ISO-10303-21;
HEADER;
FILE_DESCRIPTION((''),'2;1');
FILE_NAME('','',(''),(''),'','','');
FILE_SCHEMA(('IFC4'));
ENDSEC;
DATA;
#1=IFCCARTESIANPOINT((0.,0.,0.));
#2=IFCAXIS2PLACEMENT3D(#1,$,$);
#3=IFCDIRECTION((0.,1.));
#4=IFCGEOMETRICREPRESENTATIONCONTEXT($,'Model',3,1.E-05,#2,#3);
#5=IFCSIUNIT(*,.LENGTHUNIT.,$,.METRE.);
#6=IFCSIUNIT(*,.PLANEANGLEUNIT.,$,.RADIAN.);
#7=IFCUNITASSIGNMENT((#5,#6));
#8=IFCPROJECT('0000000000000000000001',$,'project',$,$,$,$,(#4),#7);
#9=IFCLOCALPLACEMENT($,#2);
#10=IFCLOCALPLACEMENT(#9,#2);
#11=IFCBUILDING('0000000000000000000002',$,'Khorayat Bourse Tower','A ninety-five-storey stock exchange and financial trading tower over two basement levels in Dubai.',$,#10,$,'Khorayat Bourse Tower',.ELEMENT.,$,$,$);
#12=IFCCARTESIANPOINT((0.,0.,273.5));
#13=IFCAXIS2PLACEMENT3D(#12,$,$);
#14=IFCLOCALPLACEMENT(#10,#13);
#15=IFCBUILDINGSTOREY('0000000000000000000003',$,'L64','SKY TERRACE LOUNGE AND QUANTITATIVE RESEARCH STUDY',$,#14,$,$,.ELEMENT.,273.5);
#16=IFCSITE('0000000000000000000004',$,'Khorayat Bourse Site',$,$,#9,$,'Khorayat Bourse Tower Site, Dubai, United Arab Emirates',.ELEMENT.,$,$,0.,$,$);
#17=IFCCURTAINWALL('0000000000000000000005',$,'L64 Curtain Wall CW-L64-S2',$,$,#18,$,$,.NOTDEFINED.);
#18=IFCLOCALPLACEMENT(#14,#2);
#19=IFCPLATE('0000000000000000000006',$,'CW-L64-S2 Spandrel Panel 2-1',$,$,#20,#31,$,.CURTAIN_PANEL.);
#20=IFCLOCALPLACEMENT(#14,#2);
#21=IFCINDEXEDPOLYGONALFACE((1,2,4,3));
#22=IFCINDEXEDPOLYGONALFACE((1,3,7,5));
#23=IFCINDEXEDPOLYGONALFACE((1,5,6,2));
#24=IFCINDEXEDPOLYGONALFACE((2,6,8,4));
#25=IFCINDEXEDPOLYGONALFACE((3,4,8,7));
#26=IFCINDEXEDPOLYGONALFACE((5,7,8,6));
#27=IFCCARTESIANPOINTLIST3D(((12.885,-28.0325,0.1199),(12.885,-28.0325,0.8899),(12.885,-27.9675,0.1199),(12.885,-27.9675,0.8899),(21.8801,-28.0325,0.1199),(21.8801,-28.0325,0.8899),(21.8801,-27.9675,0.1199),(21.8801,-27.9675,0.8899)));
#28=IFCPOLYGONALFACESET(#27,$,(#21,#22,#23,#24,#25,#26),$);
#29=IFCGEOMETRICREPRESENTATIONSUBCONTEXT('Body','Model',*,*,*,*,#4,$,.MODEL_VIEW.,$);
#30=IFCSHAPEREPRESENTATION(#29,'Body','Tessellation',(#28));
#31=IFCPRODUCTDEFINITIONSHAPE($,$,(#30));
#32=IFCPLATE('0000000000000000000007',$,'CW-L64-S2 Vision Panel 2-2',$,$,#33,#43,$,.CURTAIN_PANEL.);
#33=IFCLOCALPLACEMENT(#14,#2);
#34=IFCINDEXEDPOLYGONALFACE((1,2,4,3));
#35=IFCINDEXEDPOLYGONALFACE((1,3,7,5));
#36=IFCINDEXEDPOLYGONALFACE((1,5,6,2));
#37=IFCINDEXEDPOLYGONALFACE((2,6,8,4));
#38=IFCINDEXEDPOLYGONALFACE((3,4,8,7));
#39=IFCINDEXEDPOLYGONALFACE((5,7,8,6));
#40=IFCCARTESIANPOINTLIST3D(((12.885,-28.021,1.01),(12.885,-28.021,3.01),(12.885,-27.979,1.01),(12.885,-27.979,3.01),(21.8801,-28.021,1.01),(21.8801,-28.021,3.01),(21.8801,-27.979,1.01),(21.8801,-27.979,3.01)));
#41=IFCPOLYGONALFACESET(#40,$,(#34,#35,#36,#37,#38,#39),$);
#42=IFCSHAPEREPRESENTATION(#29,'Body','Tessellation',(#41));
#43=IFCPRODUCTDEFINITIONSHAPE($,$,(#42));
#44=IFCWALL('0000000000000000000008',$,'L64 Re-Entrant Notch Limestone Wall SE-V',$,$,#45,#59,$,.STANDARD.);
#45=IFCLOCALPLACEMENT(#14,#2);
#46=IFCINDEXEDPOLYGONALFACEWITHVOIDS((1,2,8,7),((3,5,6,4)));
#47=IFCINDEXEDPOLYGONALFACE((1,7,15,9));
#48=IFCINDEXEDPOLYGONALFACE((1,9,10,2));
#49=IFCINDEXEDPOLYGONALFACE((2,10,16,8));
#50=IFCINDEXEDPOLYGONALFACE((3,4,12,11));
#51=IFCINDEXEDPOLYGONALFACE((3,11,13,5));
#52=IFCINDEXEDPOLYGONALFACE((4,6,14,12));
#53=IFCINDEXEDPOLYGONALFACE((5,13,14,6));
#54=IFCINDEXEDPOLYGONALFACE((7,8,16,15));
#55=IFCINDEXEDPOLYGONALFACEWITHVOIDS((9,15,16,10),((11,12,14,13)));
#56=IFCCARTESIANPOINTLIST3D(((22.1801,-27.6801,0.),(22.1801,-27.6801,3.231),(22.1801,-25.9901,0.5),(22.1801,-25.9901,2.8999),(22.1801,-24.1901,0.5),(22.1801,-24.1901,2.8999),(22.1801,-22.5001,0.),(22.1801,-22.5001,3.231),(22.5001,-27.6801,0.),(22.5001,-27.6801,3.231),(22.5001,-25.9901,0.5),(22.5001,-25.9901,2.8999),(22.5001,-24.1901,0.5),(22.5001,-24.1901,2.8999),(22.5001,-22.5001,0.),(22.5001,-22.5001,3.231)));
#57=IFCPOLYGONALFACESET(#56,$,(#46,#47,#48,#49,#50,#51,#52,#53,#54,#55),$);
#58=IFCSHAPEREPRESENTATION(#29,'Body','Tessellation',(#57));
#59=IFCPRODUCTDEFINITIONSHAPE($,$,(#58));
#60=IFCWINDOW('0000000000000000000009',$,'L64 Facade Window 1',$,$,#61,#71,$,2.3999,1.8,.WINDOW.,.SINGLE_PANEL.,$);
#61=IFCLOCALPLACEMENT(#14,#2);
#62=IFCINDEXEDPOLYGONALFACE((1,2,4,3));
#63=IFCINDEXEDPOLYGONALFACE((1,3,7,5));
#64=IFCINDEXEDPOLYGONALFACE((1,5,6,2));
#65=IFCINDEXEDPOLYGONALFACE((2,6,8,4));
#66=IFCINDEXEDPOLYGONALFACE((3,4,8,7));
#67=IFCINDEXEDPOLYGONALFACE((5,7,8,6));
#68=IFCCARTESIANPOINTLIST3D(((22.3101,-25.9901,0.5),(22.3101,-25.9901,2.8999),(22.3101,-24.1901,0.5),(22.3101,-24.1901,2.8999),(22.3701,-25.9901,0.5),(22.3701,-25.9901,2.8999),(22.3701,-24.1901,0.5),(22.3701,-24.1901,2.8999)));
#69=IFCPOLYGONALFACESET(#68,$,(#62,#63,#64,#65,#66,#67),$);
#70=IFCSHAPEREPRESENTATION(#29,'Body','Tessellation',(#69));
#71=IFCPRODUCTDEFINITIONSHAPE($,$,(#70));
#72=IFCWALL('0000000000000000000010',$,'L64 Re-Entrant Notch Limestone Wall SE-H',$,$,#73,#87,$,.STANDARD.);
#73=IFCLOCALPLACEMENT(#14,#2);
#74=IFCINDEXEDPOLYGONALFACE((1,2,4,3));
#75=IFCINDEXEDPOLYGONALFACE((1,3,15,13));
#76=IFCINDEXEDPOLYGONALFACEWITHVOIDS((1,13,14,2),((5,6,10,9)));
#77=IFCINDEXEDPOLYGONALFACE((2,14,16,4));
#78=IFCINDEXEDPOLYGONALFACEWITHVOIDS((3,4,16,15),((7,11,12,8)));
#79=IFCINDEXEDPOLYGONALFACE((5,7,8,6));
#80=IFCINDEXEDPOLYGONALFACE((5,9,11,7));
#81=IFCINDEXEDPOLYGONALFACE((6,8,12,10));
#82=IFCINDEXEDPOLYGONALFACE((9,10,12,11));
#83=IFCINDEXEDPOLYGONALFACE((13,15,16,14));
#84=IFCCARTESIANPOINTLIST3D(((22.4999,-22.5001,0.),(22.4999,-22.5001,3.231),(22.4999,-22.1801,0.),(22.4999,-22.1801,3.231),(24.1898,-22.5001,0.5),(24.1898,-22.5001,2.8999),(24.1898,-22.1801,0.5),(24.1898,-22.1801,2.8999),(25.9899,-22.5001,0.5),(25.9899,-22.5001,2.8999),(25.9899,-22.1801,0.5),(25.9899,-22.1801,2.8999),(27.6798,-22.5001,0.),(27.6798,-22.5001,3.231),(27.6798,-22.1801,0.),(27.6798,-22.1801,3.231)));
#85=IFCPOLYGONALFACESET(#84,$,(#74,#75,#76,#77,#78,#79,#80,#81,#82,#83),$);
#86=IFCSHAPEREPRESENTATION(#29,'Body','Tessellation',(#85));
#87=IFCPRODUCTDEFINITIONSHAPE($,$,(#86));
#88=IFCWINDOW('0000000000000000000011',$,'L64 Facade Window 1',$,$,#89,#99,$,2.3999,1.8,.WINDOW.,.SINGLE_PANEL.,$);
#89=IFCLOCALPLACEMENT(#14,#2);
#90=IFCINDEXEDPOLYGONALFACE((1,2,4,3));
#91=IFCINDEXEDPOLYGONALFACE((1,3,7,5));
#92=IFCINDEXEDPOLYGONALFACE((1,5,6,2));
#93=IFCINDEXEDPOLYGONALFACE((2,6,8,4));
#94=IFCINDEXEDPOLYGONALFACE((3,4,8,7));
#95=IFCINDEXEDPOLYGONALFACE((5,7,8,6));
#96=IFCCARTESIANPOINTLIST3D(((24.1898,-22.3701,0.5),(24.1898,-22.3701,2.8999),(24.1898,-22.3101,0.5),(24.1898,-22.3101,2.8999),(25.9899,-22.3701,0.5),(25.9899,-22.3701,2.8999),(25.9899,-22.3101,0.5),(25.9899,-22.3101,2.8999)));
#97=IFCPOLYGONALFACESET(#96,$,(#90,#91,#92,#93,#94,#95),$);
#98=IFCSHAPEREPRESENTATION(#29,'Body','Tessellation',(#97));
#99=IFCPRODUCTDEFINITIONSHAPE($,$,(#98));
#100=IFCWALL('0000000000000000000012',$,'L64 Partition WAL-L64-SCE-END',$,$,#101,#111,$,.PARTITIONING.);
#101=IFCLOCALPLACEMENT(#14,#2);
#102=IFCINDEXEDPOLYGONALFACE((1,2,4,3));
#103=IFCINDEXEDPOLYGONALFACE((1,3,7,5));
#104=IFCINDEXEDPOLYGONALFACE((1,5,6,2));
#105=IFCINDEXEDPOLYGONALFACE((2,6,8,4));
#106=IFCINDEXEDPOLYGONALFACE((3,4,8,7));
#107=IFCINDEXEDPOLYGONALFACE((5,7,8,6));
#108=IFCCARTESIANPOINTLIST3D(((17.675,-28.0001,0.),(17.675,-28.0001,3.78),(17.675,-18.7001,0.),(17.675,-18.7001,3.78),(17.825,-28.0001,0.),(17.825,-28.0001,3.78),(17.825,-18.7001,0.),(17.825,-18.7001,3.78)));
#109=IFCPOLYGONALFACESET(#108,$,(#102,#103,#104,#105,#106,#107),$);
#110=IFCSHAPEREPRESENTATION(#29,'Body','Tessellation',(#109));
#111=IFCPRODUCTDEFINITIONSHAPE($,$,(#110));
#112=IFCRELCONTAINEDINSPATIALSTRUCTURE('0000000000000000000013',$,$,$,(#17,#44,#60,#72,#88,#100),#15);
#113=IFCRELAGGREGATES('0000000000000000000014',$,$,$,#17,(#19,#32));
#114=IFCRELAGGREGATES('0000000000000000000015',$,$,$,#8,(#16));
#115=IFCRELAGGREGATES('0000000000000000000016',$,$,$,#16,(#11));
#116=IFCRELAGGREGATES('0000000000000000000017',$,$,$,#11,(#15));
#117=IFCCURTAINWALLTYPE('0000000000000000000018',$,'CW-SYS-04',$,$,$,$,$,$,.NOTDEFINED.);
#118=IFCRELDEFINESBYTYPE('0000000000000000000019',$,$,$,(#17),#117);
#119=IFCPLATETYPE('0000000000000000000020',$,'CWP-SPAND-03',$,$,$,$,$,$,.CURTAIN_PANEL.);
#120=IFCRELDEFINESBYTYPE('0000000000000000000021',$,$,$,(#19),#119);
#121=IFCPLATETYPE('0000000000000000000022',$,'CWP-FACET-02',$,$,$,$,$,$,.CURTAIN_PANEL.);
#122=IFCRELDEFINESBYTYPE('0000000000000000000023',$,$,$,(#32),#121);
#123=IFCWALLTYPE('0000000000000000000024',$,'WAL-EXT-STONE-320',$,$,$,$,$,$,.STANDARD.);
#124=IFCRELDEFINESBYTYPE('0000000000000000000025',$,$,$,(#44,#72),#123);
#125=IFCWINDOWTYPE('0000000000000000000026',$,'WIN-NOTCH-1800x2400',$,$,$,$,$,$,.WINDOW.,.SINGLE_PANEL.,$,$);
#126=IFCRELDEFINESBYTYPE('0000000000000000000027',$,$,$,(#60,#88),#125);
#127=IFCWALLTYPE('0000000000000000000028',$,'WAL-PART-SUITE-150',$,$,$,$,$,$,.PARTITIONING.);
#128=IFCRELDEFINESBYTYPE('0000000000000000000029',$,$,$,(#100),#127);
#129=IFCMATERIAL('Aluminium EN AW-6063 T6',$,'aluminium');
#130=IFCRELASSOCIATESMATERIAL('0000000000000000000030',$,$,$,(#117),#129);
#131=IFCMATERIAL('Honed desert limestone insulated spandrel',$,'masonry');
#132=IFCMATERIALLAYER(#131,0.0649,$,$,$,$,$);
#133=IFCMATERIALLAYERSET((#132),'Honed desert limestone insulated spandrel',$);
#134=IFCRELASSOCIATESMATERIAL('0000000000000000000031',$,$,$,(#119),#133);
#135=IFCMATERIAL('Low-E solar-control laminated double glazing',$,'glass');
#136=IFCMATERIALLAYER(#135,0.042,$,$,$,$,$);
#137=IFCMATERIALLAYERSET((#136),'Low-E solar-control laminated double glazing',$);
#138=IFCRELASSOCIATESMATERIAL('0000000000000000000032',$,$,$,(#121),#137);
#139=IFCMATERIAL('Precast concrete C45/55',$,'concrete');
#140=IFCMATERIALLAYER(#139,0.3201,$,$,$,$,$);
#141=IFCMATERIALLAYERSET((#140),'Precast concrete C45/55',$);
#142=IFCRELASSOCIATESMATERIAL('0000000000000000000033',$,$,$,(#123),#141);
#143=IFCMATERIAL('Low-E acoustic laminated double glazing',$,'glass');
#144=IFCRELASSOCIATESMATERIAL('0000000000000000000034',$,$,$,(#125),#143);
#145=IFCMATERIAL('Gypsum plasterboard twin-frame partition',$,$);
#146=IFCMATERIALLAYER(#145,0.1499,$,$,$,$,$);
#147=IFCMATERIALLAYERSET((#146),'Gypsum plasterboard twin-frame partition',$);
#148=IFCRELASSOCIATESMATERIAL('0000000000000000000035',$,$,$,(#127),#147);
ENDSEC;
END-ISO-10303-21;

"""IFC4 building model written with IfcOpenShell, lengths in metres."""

from ifc_helpers import new_model, si_unit, direction, frame, frame_2d, origin, origin_2d, place, context, subcontext, project, spatial, rectangle, extrude, source, transform, mapped, material, layer, layer_set, type_object, element, fill, aggregate, save


model = new_model("IFC4")

# Units and contexts
model_context = context("Model", 3, precision=1e-05, world=origin(), true_north=direction((0.0, 1.0)))
body_context = subcontext(model_context, "Body", "Model", "MODEL_VIEW")
ifc_project = project(units=[si_unit("LENGTHUNIT", "METRE"), si_unit("PLANEANGLEUNIT", "RADIAN")], contexts=[model_context])

# Site, building, storey
site_placement = place(None, origin())
site = spatial("IfcSite", under=ifc_project, at=site_placement, Name="Khorayat Bourse Site", LongName="Khorayat Bourse Tower Site, Dubai, United Arab Emirates", CompositionType="ELEMENT", RefElevation=0.0)
building_placement = place(site_placement, origin())
building = spatial("IfcBuilding", under=site, at=building_placement, Name="Khorayat Bourse Tower", Description="A ninety-five-storey stock exchange and financial trading tower over two basement levels in Dubai.", LongName="Khorayat Bourse Tower", CompositionType="ELEMENT")
storey_placement = place(building_placement, frame((0.0, 0.0, 273.5)))
storey = spatial("IfcBuildingStorey", under=building, at=storey_placement, Name="L64", Description="SKY TERRACE LOUNGE AND QUANTITATIVE RESEARCH STUDY", CompositionType="ELEMENT", Elevation=273.5)

# Curtain wall
ifc_material_1 = material(Name="Aluminium EN AW-6063 T6", Category="aluminium")
curtain_wall_type = type_object("IfcCurtainWallType", Name="CW-SYS-04", PredefinedType="NOTDEFINED", material=ifc_material_1)
curtain_wall_1_placement = place(storey_placement, origin())
curtain_wall_1 = element("IfcCurtainWall", 1, at=curtain_wall_1_placement, inside=storey, type_object=curtain_wall_type, Name="L64 Curtain Wall CW-L64-S2", PredefinedType="NOTDEFINED")

# Plates
ifc_material_2 = material(Name="Honed desert limestone insulated spandrel", Category="masonry")
ifc_layer_1 = layer(ifc_material_2, 0.0649)
ifc_layer_set_1 = layer_set([ifc_layer_1], Name="Honed desert limestone insulated spandrel")
plate_type_1 = type_object("IfcPlateType", Name="CWP-SPAND-03", PredefinedType="CURTAIN_PANEL", material=ifc_layer_set_1)
shared_shape_1 = source(origin(), body_context, "Body", "SweptSolid", [
    extrude(rectangle(XDim=8.9951, YDim=0.0649, at=origin_2d()), origin(), (0.0, 0.0, 1.0), 0.77),
])
plate_1_placement = place(storey_placement, frame((17.3826, -28.0, 0.1199), z_axis=(0.0, 0.0, 1.0), x_axis=(1.0, 0.0, 0.0)))
plate_1 = element("IfcPlate", 2, at=plate_1_placement, type_object=plate_type_1, Name="CW-L64-S2 Spandrel Panel 2-1", PredefinedType="CURTAIN_PANEL", context=body_context, shape_type="MappedRepresentation", body=[
    mapped(shared_shape_1, transform((0.0, 0.0, 0.0), scale=1.0)),
])
ifc_material_3 = material(Name="Low-E solar-control laminated double glazing", Category="glass")
ifc_layer_2 = layer(ifc_material_3, 0.042)
ifc_layer_set_2 = layer_set([ifc_layer_2], Name="Low-E solar-control laminated double glazing")
plate_type_2 = type_object("IfcPlateType", Name="CWP-FACET-02", PredefinedType="CURTAIN_PANEL", material=ifc_layer_set_2)
shared_shape_2 = source(origin(), body_context, "Body", "SweptSolid", [
    extrude(rectangle(XDim=8.9951, YDim=0.042, at=origin_2d()), origin(), (0.0, 0.0, 1.0), 2.0),
])
plate_2_placement = place(storey_placement, frame((17.3826, -28.0, 1.01), z_axis=(0.0, 0.0, 1.0), x_axis=(1.0, 0.0, 0.0)))
plate_2 = element("IfcPlate", 3, at=plate_2_placement, type_object=plate_type_2, Name="CW-L64-S2 Vision Panel 2-2", PredefinedType="CURTAIN_PANEL", context=body_context, shape_type="MappedRepresentation", body=[
    mapped(shared_shape_2, transform((0.0, 0.0, 0.0), scale=1.0)),
])
aggregate(curtain_wall_1, [plate_1, plate_2])

# Walls, openings, windows
ifc_material_4 = material(Name="Precast concrete C45/55", Category="concrete")
ifc_layer_3 = layer(ifc_material_4, 0.3201)
ifc_layer_set_3 = layer_set([ifc_layer_3], Name="Precast concrete C45/55")
wall_type_1 = type_object("IfcWallType", Name="WAL-EXT-STONE-320", PredefinedType="STANDARD", material=ifc_layer_set_3)
shared_shape_3 = source(origin(), body_context, "Body", "SweptSolid", [
    extrude(rectangle(XDim=5.1799, YDim=0.3201, at=frame_2d((2.5898, 0.0))), origin(), (0.0, 0.0, 1.0), 3.231),
])
wall_1_placement = place(storey_placement, frame((22.3401, -27.6799, 0.0), z_axis=(0.0, 0.0, 1.0), x_axis=(0.0, 1.0, 0.0)))
wall_1 = element("IfcWall", 4, at=wall_1_placement, inside=storey, type_object=wall_type_1, Name="L64 Re-Entrant Notch Limestone Wall SE-V", PredefinedType="STANDARD", context=body_context, shape_type="MappedRepresentation", body=[
    mapped(shared_shape_3, transform((0.0, 0.0, 0.0), scale=1.0)),
])
shared_shape_4 = source(origin(), body_context, "Body", "SweptSolid", [
    extrude(rectangle(XDim=1.8, YDim=2.3999, at=frame_2d((0.8999, 1.2))), frame((0.0, 0.1699, 0.0), z_axis=(0.0, -1.0, 0.0), x_axis=(1.0, 0.0, 0.0)), (0.0, 0.0, 1.0), 0.3401),
])
opening_1_placement = place(wall_1_placement, frame((1.6899, 0.0, 0.5)))
opening_1 = element("IfcOpeningElement", 5, at=opening_1_placement, cuts=wall_1, PredefinedType="OPENING", context=body_context, shape_type="MappedRepresentation", body=[
    mapped(shared_shape_4, transform((0.0, 0.0, 0.0), scale=1.0)),
])
ifc_material_5 = material(Name="Low-E acoustic laminated double glazing", Category="glass")
window_type = type_object("IfcWindowType", Name="WIN-NOTCH-1800x2400", PartitioningType="SINGLE_PANEL", PredefinedType="WINDOW", material=ifc_material_5)
shared_shape_5 = source(origin(), body_context, "Body", "SweptSolid", [
    extrude(rectangle(XDim=1.8, YDim=2.3999, at=frame_2d((0.8999, 1.2))), frame((0.0, 0.03, 0.0), z_axis=(0.0, -1.0, 0.0), x_axis=(1.0, 0.0, 0.0)), (0.0, 0.0, 1.0), 0.0601),
])
window_1_placement = place(opening_1_placement, origin())
window_1 = element("IfcWindow", 6, at=window_1_placement, inside=storey, type_object=window_type, Name="L64 Facade Window 1", OverallHeight=2.3999, OverallWidth=1.8, PartitioningType="SINGLE_PANEL", PredefinedType="WINDOW", context=body_context, shape_type="MappedRepresentation", body=[
    mapped(shared_shape_5, transform((0.0, 0.0, 0.0), scale=1.0)),
])
fill(opening_1, window_1)
wall_2_placement = place(storey_placement, frame((22.5, -22.3401, 0.0), z_axis=(0.0, 0.0, 1.0), x_axis=(1.0, 0.0, 0.0)))
wall_2 = element("IfcWall", 7, at=wall_2_placement, inside=storey, type_object=wall_type_1, Name="L64 Re-Entrant Notch Limestone Wall SE-H", PredefinedType="STANDARD", context=body_context, shape_type="MappedRepresentation", body=[
    mapped(shared_shape_3, transform((0.0, 0.0, 0.0), scale=1.0)),
])
opening_2_placement = place(wall_2_placement, frame((1.6899, 0.0, 0.5)))
opening_2 = element("IfcOpeningElement", 8, at=opening_2_placement, cuts=wall_2, PredefinedType="OPENING", context=body_context, shape_type="MappedRepresentation", body=[
    mapped(shared_shape_4, transform((0.0, 0.0, 0.0), scale=1.0)),
])
window_2_placement = place(opening_2_placement, origin())
window_2 = element("IfcWindow", 9, at=window_2_placement, inside=storey, type_object=window_type, Name="L64 Facade Window 1", OverallHeight=2.3999, OverallWidth=1.8, PartitioningType="SINGLE_PANEL", PredefinedType="WINDOW", context=body_context, shape_type="MappedRepresentation", body=[
    mapped(shared_shape_5, transform((0.0, 0.0, 0.0), scale=1.0)),
])
fill(opening_2, window_2)

# Wall
ifc_material_6 = material(Name="Gypsum plasterboard twin-frame partition")
ifc_layer_4 = layer(ifc_material_6, 0.1499)
ifc_layer_set_4 = layer_set([ifc_layer_4], Name="Gypsum plasterboard twin-frame partition")
wall_type_2 = type_object("IfcWallType", Name="WAL-PART-SUITE-150", PredefinedType="PARTITIONING", material=ifc_layer_set_4)
shared_shape_6 = source(origin(), body_context, "Body", "SweptSolid", [
    extrude(rectangle(XDim=9.3, YDim=0.1499, at=frame_2d((4.6499, 0.0))), origin(), (0.0, 0.0, 1.0), 3.78),
])
wall_3_placement = place(storey_placement, frame((17.75, -28.0, 0.0), z_axis=(0.0, 0.0, 1.0), x_axis=(0.0, 1.0, 0.0)))
element("IfcWall", 10, at=wall_3_placement, inside=storey, type_object=wall_type_2, Name="L64 Partition WAL-L64-SCE-END", PredefinedType="PARTITIONING", context=body_context, shape_type="MappedRepresentation", body=[
    mapped(shared_shape_6, transform((0.0, 0.0, 0.0), scale=1.0)),
])

save(model, "model.ifc")
